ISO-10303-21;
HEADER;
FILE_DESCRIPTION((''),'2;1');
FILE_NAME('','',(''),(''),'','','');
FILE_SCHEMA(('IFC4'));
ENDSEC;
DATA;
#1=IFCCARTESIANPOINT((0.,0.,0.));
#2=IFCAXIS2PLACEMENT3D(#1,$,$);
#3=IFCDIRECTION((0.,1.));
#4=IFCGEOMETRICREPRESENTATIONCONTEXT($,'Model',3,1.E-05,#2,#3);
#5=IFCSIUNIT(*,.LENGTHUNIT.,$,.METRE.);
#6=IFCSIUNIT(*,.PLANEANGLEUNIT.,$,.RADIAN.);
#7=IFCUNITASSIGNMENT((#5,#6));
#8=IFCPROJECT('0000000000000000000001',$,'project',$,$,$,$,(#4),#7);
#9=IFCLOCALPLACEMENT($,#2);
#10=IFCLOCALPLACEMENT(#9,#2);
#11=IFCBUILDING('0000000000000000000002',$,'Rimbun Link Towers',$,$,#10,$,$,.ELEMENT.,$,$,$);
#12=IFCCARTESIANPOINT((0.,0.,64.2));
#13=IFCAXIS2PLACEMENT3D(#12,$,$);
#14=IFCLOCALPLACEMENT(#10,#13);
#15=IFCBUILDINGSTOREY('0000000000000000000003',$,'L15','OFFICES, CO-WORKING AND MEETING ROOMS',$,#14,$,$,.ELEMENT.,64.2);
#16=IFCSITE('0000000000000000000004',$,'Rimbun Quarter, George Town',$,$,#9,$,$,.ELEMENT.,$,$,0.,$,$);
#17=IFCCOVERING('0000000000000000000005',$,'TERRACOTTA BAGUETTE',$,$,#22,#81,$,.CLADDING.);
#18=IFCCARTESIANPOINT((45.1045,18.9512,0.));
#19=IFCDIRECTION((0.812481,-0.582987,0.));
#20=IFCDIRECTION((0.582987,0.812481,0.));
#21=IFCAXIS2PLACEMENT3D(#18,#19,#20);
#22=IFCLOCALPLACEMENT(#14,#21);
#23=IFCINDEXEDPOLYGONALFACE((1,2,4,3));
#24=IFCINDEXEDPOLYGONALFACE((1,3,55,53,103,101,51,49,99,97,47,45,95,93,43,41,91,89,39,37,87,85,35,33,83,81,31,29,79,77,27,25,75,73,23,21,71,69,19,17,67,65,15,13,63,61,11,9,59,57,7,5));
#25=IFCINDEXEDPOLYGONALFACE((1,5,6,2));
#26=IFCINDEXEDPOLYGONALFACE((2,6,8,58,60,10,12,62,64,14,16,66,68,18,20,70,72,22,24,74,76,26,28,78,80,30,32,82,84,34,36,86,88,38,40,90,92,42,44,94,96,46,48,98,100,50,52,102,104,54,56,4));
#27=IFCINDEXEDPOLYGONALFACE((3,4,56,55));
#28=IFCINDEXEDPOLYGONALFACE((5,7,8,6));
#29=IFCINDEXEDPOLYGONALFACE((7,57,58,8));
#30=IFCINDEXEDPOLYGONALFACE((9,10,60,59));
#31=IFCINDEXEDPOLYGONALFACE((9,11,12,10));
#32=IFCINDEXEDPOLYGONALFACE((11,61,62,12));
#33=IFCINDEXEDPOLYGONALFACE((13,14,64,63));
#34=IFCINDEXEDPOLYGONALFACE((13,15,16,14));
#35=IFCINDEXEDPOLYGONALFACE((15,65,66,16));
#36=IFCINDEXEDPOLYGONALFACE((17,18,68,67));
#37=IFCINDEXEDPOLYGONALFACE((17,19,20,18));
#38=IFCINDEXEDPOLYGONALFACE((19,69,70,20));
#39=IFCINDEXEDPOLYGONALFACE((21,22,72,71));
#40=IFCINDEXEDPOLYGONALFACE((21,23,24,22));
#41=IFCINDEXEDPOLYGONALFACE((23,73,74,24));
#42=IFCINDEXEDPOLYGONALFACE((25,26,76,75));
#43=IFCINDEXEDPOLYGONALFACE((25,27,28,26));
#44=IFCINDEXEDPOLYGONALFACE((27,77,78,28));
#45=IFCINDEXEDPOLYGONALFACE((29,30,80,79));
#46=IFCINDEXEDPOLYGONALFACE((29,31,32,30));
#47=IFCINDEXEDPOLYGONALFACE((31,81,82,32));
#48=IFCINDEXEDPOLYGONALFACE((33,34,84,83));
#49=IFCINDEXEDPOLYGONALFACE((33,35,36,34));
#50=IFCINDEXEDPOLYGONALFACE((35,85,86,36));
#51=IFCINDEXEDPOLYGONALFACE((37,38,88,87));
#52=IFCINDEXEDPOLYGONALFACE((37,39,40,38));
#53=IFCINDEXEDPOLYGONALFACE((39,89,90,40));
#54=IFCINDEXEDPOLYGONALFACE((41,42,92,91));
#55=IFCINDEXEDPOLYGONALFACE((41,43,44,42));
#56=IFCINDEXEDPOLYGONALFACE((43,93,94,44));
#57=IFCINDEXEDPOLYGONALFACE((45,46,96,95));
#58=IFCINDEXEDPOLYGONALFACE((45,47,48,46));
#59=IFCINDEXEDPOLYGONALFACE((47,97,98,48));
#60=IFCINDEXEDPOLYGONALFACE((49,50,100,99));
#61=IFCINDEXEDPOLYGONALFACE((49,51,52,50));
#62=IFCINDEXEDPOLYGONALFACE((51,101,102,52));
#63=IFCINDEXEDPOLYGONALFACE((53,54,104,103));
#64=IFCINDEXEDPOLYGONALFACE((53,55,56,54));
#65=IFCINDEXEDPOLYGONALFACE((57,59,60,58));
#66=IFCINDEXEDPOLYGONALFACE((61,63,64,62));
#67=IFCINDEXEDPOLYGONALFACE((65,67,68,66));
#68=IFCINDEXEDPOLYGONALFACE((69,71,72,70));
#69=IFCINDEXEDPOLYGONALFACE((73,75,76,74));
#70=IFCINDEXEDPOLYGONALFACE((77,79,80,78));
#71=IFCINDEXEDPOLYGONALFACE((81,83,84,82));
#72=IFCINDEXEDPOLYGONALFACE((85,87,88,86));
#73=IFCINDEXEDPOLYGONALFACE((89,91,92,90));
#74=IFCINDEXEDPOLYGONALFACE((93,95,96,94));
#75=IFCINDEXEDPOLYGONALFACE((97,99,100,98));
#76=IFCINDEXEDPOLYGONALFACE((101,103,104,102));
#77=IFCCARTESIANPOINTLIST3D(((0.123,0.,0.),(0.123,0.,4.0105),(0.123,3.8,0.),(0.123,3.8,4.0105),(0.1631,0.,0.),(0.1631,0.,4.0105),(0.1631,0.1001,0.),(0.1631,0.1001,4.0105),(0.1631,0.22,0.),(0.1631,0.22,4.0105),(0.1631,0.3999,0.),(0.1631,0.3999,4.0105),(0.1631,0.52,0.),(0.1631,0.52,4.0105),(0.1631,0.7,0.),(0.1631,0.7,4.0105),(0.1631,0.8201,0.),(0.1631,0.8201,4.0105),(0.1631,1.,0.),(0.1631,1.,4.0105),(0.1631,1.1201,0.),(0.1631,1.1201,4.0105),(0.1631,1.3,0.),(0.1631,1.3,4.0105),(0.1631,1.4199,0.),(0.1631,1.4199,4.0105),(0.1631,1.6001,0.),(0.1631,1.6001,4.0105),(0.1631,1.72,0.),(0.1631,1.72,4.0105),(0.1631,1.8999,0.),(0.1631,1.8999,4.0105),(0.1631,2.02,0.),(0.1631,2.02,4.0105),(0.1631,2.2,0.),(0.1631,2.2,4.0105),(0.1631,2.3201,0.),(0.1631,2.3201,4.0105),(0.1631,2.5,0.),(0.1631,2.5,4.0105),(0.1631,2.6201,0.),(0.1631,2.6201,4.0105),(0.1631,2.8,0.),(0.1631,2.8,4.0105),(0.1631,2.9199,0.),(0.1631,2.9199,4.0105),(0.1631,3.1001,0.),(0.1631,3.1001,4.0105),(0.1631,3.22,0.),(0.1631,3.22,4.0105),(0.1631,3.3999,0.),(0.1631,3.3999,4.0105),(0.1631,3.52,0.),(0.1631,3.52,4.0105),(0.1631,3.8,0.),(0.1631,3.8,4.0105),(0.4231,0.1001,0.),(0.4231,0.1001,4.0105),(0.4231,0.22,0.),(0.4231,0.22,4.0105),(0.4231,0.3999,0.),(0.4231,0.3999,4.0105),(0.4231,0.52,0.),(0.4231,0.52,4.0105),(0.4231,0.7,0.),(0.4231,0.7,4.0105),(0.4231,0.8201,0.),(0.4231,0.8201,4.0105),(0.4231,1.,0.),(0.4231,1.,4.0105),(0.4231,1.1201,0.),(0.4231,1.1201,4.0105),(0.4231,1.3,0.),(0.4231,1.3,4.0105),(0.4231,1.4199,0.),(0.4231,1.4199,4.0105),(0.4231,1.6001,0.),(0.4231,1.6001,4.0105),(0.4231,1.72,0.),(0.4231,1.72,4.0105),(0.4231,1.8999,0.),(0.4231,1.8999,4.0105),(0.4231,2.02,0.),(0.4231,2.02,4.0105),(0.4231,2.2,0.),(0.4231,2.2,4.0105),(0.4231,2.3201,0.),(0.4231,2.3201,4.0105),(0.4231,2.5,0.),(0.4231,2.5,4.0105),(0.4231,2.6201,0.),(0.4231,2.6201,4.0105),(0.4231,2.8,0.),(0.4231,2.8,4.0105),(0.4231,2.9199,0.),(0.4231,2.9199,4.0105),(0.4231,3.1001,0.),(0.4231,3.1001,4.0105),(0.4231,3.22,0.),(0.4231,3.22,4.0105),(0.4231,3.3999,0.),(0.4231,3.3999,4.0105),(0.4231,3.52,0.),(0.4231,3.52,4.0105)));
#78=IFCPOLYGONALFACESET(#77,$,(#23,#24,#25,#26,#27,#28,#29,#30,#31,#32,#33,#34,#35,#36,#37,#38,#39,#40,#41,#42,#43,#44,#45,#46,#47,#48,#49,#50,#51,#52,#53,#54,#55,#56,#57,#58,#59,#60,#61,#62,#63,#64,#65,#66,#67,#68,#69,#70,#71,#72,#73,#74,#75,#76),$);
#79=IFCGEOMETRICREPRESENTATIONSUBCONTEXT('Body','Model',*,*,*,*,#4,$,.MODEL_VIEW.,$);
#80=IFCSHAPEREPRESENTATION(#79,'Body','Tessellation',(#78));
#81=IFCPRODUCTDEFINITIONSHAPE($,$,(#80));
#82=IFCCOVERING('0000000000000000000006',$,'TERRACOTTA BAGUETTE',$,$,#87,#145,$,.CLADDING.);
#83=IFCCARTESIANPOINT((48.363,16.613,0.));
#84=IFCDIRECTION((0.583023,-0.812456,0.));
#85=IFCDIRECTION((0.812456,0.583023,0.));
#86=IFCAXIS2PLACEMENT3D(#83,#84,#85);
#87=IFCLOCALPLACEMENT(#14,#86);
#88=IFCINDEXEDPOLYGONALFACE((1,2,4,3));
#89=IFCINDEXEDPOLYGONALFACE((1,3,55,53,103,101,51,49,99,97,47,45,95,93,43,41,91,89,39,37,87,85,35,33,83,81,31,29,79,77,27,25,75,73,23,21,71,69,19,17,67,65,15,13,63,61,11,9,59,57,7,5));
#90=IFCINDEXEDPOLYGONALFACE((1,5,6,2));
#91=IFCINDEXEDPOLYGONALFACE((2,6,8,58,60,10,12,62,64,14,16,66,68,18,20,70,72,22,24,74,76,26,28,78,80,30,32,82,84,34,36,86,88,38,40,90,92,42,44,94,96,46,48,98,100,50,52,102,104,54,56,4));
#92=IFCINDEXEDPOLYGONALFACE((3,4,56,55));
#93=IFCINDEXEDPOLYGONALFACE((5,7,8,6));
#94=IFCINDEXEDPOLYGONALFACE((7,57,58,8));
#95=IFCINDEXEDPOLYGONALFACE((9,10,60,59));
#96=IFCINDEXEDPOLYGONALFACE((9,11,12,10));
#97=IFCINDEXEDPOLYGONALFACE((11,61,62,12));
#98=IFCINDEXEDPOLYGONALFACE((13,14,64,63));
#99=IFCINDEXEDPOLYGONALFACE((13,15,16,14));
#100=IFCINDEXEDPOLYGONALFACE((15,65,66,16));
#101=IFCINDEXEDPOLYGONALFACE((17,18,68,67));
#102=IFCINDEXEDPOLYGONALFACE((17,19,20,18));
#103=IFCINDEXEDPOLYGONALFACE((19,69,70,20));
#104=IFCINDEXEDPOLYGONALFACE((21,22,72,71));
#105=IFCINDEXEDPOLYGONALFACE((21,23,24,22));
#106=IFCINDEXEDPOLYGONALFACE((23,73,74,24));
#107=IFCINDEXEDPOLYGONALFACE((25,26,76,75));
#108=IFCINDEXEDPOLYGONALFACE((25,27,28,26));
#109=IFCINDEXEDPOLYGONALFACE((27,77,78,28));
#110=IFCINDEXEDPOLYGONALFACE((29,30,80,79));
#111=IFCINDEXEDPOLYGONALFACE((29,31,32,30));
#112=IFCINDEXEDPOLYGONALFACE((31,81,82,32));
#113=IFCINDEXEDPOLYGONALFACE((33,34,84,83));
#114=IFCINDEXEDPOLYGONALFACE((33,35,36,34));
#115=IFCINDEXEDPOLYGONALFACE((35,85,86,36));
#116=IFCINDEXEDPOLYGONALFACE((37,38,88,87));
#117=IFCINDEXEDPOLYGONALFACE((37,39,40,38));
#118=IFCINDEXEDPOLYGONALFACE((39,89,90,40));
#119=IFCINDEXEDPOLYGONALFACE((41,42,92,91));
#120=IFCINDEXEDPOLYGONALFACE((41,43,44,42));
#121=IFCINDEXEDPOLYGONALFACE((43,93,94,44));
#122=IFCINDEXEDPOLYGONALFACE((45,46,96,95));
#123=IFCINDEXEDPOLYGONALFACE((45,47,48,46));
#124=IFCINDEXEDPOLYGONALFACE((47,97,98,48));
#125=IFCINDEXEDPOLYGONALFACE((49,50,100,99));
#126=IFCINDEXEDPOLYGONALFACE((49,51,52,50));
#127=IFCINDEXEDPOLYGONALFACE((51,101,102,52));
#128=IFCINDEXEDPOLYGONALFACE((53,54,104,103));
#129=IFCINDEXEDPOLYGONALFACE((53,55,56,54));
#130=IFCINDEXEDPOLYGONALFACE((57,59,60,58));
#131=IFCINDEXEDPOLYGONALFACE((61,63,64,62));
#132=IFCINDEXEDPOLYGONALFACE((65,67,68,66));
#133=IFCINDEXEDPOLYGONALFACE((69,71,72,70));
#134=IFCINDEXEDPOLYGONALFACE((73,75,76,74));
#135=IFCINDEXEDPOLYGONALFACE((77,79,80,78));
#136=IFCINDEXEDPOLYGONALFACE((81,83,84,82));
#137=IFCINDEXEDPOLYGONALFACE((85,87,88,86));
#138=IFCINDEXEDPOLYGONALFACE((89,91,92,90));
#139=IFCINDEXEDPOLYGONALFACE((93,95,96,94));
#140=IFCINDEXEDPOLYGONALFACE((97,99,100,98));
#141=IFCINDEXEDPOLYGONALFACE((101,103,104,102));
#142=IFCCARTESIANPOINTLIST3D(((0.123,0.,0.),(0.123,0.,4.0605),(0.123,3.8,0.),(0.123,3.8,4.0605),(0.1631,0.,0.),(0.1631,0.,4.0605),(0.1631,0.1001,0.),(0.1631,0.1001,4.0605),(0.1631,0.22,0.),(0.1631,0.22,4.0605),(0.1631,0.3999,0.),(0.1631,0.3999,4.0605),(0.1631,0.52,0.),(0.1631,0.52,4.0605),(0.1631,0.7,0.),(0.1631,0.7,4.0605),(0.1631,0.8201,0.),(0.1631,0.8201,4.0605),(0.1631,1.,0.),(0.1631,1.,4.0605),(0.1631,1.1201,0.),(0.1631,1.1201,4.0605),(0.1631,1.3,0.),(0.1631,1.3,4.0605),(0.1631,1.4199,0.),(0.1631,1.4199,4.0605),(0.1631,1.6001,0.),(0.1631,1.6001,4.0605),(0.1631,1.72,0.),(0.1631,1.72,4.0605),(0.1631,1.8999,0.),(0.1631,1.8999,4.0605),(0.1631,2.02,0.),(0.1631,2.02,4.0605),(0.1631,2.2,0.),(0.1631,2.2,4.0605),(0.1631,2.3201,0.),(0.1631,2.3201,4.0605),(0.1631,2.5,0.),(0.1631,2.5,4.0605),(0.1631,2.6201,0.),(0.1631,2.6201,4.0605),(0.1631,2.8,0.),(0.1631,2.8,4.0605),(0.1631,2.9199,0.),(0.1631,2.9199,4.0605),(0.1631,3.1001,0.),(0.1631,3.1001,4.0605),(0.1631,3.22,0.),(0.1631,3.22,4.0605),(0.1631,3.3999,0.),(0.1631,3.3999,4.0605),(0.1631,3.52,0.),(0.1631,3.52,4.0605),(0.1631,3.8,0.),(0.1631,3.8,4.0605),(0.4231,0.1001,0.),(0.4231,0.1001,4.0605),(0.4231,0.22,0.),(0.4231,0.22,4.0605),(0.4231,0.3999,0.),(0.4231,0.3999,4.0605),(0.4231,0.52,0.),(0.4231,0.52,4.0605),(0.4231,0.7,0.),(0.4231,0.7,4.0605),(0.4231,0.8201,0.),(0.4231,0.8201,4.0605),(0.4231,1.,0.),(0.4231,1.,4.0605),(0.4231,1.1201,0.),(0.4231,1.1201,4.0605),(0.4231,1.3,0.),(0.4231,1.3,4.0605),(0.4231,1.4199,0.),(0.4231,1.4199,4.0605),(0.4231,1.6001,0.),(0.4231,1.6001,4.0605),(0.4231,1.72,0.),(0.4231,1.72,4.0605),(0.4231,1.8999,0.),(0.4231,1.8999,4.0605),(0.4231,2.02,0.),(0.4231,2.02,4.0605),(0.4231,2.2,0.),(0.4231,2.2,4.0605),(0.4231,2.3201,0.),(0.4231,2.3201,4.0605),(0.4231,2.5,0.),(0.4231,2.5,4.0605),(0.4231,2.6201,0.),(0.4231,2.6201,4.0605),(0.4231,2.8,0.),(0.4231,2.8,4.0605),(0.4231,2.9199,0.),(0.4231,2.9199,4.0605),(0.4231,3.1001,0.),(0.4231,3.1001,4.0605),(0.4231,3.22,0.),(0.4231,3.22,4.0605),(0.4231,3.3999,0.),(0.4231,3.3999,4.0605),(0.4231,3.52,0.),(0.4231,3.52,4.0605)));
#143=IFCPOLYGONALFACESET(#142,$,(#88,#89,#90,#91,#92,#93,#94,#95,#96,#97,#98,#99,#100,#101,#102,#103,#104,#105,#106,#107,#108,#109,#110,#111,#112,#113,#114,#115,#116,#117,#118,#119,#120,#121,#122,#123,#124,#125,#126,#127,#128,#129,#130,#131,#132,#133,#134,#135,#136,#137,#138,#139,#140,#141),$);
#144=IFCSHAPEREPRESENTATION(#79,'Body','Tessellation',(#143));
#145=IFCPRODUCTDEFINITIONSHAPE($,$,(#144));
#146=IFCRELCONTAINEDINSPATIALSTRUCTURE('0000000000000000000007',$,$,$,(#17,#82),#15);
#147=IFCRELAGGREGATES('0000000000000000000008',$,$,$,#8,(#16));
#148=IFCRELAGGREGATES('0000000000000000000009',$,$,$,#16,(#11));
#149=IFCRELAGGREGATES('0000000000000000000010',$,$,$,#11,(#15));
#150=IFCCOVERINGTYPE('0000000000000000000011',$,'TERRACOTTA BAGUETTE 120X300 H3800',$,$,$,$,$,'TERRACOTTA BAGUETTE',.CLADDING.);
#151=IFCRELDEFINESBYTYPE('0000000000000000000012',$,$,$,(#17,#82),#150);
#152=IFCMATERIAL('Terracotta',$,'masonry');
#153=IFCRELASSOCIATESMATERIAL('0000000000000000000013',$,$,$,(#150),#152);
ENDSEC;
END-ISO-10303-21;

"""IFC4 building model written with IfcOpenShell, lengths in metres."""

from ifc_helpers import new_model, si_unit, direction, frame, origin, place, context, subcontext, project, spatial, polyline, outline, extrude, material, material_profile, profile_set, type_object, element, save


model = new_model("IFC4")

# Units and contexts
model_context = context("Model", 3, precision=1e-05, world=origin(), true_north=direction((0.0, 1.0)))
body_context = subcontext(model_context, "Body", "Model", "MODEL_VIEW")
ifc_project = project(units=[si_unit("LENGTHUNIT", "METRE"), si_unit("PLANEANGLEUNIT", "RADIAN")], contexts=[model_context])

# Site, building, storey
site_placement = place(None, origin())
site = spatial("IfcSite", under=ifc_project, at=site_placement, Name="Rimbun Quarter, George Town", CompositionType="ELEMENT", RefElevation=0.0)
building_placement = place(site_placement, origin())
building = spatial("IfcBuilding", under=site, at=building_placement, Name="Rimbun Link Towers", CompositionType="ELEMENT")
storey_placement = place(building_placement, frame((0.0, 0.0, 64.2)))
storey = spatial("IfcBuildingStorey", under=building, at=storey_placement, Name="L15", Description="OFFICES, CO-WORKING AND MEETING ROOMS", CompositionType="ELEMENT", Elevation=64.2)

# Coverings
ifc_material_1 = material(Name="Terracotta", Category="masonry")
ifc_material_profile_1 = material_profile(ifc_material_1, outline(polyline([(0.123, 0.0), (0.1631, 0.0), (0.1631, 0.1001), (0.4231, 0.1001), (0.4231, 0.22), (0.1631, 0.22), (0.1631, 0.3999), (0.4231, 0.3999), (0.4231, 0.52), (0.1631, 0.52), (0.1631, 0.7), (0.4231, 0.7), (0.4231, 0.8201), (0.1631, 0.8201), (0.1631, 1.0), (0.4231, 1.0), (0.4231, 1.1201), (0.1631, 1.1201), (0.1631, 1.3), (0.4231, 1.3), (0.4231, 1.4199), (0.1631, 1.4199), (0.1631, 1.6001), (0.4231, 1.6001), (0.4231, 1.72), (0.1631, 1.72), (0.1631, 1.8999), (0.4231, 1.8999), (0.4231, 2.02), (0.1631, 2.02), (0.1631, 2.2), (0.4231, 2.2), (0.4231, 2.3201), (0.1631, 2.3201), (0.1631, 2.5), (0.4231, 2.5), (0.4231, 2.6201), (0.1631, 2.6201), (0.1631, 2.8), (0.4231, 2.8), (0.4231, 2.9199), (0.1631, 2.9199), (0.1631, 3.1001), (0.4231, 3.1001), (0.4231, 3.22), (0.1631, 3.22), (0.1631, 3.3999), (0.4231, 3.3999), (0.4231, 3.52), (0.1631, 3.52), (0.1631, 3.8), (0.123, 3.8), (0.123, 0.0)])), Name="BAGUETTE 120X300")
ifc_profile_set_1 = profile_set([ifc_material_profile_1], Name="Terracotta")
covering_type = type_object("IfcCoveringType", Name="TERRACOTTA BAGUETTE 120X300 H3800", ElementType="TERRACOTTA BAGUETTE", PredefinedType="CLADDING", material=ifc_profile_set_1)
covering_1_placement = place(storey_placement, frame((45.1045, 18.9512, 0.0), z_axis=(0.812481, -0.582987, 0.0), x_axis=(0.582987, 0.812481, 0.0)))
element("IfcCovering", 1, at=covering_1_placement, inside=storey, type_object=covering_type, Name="TERRACOTTA BAGUETTE", PredefinedType="CLADDING", context=body_context, shape_type="SweptSolid", body=[
    extrude(outline(polyline([(0.123, 0.0), (0.1631, 0.0), (0.1631, 0.1001), (0.4231, 0.1001), (0.4231, 0.22), (0.1631, 0.22), (0.1631, 0.3999), (0.4231, 0.3999), (0.4231, 0.52), (0.1631, 0.52), (0.1631, 0.7), (0.4231, 0.7), (0.4231, 0.8201), (0.1631, 0.8201), (0.1631, 1.0), (0.4231, 1.0), (0.4231, 1.1201), (0.1631, 1.1201), (0.1631, 1.3), (0.4231, 1.3), (0.4231, 1.4199), (0.1631, 1.4199), (0.1631, 1.6001), (0.4231, 1.6001), (0.4231, 1.72), (0.1631, 1.72), (0.1631, 1.8999), (0.4231, 1.8999), (0.4231, 2.02), (0.1631, 2.02), (0.1631, 2.2), (0.4231, 2.2), (0.4231, 2.3201), (0.1631, 2.3201), (0.1631, 2.5), (0.4231, 2.5), (0.4231, 2.6201), (0.1631, 2.6201), (0.1631, 2.8), (0.4231, 2.8), (0.4231, 2.9199), (0.1631, 2.9199), (0.1631, 3.1001), (0.4231, 3.1001), (0.4231, 3.22), (0.1631, 3.22), (0.1631, 3.3999), (0.4231, 3.3999), (0.4231, 3.52), (0.1631, 3.52), (0.1631, 3.8), (0.123, 3.8), (0.123, 0.0)])), origin(), (0.0, 0.0, 1.0), 4.0105),
])
covering_2_placement = place(storey_placement, frame((48.363, 16.613, 0.0), z_axis=(0.583023, -0.812456, 0.0), x_axis=(0.812456, 0.583023, 0.0)))
element("IfcCovering", 2, at=covering_2_placement, inside=storey, type_object=covering_type, Name="TERRACOTTA BAGUETTE", PredefinedType="CLADDING", context=body_context, shape_type="SweptSolid", body=[
    extrude(outline(polyline([(0.123, 0.0), (0.1631, 0.0), (0.1631, 0.1001), (0.4231, 0.1001), (0.4231, 0.22), (0.1631, 0.22), (0.1631, 0.3999), (0.4231, 0.3999), (0.4231, 0.52), (0.1631, 0.52), (0.1631, 0.7), (0.4231, 0.7), (0.4231, 0.8201), (0.1631, 0.8201), (0.1631, 1.0), (0.4231, 1.0), (0.4231, 1.1201), (0.1631, 1.1201), (0.1631, 1.3), (0.4231, 1.3), (0.4231, 1.4199), (0.1631, 1.4199), (0.1631, 1.6001), (0.4231, 1.6001), (0.4231, 1.72), (0.1631, 1.72), (0.1631, 1.8999), (0.4231, 1.8999), (0.4231, 2.02), (0.1631, 2.02), (0.1631, 2.2), (0.4231, 2.2), (0.4231, 2.3201), (0.1631, 2.3201), (0.1631, 2.5), (0.4231, 2.5), (0.4231, 2.6201), (0.1631, 2.6201), (0.1631, 2.8), (0.4231, 2.8), (0.4231, 2.9199), (0.1631, 2.9199), (0.1631, 3.1001), (0.4231, 3.1001), (0.4231, 3.22), (0.1631, 3.22), (0.1631, 3.3999), (0.4231, 3.3999), (0.4231, 3.52), (0.1631, 3.52), (0.1631, 3.8), (0.123, 3.8), (0.123, 0.0)])), origin(), (0.0, 0.0, 1.0), 4.0605),
])

save(model, "model.ifc")
